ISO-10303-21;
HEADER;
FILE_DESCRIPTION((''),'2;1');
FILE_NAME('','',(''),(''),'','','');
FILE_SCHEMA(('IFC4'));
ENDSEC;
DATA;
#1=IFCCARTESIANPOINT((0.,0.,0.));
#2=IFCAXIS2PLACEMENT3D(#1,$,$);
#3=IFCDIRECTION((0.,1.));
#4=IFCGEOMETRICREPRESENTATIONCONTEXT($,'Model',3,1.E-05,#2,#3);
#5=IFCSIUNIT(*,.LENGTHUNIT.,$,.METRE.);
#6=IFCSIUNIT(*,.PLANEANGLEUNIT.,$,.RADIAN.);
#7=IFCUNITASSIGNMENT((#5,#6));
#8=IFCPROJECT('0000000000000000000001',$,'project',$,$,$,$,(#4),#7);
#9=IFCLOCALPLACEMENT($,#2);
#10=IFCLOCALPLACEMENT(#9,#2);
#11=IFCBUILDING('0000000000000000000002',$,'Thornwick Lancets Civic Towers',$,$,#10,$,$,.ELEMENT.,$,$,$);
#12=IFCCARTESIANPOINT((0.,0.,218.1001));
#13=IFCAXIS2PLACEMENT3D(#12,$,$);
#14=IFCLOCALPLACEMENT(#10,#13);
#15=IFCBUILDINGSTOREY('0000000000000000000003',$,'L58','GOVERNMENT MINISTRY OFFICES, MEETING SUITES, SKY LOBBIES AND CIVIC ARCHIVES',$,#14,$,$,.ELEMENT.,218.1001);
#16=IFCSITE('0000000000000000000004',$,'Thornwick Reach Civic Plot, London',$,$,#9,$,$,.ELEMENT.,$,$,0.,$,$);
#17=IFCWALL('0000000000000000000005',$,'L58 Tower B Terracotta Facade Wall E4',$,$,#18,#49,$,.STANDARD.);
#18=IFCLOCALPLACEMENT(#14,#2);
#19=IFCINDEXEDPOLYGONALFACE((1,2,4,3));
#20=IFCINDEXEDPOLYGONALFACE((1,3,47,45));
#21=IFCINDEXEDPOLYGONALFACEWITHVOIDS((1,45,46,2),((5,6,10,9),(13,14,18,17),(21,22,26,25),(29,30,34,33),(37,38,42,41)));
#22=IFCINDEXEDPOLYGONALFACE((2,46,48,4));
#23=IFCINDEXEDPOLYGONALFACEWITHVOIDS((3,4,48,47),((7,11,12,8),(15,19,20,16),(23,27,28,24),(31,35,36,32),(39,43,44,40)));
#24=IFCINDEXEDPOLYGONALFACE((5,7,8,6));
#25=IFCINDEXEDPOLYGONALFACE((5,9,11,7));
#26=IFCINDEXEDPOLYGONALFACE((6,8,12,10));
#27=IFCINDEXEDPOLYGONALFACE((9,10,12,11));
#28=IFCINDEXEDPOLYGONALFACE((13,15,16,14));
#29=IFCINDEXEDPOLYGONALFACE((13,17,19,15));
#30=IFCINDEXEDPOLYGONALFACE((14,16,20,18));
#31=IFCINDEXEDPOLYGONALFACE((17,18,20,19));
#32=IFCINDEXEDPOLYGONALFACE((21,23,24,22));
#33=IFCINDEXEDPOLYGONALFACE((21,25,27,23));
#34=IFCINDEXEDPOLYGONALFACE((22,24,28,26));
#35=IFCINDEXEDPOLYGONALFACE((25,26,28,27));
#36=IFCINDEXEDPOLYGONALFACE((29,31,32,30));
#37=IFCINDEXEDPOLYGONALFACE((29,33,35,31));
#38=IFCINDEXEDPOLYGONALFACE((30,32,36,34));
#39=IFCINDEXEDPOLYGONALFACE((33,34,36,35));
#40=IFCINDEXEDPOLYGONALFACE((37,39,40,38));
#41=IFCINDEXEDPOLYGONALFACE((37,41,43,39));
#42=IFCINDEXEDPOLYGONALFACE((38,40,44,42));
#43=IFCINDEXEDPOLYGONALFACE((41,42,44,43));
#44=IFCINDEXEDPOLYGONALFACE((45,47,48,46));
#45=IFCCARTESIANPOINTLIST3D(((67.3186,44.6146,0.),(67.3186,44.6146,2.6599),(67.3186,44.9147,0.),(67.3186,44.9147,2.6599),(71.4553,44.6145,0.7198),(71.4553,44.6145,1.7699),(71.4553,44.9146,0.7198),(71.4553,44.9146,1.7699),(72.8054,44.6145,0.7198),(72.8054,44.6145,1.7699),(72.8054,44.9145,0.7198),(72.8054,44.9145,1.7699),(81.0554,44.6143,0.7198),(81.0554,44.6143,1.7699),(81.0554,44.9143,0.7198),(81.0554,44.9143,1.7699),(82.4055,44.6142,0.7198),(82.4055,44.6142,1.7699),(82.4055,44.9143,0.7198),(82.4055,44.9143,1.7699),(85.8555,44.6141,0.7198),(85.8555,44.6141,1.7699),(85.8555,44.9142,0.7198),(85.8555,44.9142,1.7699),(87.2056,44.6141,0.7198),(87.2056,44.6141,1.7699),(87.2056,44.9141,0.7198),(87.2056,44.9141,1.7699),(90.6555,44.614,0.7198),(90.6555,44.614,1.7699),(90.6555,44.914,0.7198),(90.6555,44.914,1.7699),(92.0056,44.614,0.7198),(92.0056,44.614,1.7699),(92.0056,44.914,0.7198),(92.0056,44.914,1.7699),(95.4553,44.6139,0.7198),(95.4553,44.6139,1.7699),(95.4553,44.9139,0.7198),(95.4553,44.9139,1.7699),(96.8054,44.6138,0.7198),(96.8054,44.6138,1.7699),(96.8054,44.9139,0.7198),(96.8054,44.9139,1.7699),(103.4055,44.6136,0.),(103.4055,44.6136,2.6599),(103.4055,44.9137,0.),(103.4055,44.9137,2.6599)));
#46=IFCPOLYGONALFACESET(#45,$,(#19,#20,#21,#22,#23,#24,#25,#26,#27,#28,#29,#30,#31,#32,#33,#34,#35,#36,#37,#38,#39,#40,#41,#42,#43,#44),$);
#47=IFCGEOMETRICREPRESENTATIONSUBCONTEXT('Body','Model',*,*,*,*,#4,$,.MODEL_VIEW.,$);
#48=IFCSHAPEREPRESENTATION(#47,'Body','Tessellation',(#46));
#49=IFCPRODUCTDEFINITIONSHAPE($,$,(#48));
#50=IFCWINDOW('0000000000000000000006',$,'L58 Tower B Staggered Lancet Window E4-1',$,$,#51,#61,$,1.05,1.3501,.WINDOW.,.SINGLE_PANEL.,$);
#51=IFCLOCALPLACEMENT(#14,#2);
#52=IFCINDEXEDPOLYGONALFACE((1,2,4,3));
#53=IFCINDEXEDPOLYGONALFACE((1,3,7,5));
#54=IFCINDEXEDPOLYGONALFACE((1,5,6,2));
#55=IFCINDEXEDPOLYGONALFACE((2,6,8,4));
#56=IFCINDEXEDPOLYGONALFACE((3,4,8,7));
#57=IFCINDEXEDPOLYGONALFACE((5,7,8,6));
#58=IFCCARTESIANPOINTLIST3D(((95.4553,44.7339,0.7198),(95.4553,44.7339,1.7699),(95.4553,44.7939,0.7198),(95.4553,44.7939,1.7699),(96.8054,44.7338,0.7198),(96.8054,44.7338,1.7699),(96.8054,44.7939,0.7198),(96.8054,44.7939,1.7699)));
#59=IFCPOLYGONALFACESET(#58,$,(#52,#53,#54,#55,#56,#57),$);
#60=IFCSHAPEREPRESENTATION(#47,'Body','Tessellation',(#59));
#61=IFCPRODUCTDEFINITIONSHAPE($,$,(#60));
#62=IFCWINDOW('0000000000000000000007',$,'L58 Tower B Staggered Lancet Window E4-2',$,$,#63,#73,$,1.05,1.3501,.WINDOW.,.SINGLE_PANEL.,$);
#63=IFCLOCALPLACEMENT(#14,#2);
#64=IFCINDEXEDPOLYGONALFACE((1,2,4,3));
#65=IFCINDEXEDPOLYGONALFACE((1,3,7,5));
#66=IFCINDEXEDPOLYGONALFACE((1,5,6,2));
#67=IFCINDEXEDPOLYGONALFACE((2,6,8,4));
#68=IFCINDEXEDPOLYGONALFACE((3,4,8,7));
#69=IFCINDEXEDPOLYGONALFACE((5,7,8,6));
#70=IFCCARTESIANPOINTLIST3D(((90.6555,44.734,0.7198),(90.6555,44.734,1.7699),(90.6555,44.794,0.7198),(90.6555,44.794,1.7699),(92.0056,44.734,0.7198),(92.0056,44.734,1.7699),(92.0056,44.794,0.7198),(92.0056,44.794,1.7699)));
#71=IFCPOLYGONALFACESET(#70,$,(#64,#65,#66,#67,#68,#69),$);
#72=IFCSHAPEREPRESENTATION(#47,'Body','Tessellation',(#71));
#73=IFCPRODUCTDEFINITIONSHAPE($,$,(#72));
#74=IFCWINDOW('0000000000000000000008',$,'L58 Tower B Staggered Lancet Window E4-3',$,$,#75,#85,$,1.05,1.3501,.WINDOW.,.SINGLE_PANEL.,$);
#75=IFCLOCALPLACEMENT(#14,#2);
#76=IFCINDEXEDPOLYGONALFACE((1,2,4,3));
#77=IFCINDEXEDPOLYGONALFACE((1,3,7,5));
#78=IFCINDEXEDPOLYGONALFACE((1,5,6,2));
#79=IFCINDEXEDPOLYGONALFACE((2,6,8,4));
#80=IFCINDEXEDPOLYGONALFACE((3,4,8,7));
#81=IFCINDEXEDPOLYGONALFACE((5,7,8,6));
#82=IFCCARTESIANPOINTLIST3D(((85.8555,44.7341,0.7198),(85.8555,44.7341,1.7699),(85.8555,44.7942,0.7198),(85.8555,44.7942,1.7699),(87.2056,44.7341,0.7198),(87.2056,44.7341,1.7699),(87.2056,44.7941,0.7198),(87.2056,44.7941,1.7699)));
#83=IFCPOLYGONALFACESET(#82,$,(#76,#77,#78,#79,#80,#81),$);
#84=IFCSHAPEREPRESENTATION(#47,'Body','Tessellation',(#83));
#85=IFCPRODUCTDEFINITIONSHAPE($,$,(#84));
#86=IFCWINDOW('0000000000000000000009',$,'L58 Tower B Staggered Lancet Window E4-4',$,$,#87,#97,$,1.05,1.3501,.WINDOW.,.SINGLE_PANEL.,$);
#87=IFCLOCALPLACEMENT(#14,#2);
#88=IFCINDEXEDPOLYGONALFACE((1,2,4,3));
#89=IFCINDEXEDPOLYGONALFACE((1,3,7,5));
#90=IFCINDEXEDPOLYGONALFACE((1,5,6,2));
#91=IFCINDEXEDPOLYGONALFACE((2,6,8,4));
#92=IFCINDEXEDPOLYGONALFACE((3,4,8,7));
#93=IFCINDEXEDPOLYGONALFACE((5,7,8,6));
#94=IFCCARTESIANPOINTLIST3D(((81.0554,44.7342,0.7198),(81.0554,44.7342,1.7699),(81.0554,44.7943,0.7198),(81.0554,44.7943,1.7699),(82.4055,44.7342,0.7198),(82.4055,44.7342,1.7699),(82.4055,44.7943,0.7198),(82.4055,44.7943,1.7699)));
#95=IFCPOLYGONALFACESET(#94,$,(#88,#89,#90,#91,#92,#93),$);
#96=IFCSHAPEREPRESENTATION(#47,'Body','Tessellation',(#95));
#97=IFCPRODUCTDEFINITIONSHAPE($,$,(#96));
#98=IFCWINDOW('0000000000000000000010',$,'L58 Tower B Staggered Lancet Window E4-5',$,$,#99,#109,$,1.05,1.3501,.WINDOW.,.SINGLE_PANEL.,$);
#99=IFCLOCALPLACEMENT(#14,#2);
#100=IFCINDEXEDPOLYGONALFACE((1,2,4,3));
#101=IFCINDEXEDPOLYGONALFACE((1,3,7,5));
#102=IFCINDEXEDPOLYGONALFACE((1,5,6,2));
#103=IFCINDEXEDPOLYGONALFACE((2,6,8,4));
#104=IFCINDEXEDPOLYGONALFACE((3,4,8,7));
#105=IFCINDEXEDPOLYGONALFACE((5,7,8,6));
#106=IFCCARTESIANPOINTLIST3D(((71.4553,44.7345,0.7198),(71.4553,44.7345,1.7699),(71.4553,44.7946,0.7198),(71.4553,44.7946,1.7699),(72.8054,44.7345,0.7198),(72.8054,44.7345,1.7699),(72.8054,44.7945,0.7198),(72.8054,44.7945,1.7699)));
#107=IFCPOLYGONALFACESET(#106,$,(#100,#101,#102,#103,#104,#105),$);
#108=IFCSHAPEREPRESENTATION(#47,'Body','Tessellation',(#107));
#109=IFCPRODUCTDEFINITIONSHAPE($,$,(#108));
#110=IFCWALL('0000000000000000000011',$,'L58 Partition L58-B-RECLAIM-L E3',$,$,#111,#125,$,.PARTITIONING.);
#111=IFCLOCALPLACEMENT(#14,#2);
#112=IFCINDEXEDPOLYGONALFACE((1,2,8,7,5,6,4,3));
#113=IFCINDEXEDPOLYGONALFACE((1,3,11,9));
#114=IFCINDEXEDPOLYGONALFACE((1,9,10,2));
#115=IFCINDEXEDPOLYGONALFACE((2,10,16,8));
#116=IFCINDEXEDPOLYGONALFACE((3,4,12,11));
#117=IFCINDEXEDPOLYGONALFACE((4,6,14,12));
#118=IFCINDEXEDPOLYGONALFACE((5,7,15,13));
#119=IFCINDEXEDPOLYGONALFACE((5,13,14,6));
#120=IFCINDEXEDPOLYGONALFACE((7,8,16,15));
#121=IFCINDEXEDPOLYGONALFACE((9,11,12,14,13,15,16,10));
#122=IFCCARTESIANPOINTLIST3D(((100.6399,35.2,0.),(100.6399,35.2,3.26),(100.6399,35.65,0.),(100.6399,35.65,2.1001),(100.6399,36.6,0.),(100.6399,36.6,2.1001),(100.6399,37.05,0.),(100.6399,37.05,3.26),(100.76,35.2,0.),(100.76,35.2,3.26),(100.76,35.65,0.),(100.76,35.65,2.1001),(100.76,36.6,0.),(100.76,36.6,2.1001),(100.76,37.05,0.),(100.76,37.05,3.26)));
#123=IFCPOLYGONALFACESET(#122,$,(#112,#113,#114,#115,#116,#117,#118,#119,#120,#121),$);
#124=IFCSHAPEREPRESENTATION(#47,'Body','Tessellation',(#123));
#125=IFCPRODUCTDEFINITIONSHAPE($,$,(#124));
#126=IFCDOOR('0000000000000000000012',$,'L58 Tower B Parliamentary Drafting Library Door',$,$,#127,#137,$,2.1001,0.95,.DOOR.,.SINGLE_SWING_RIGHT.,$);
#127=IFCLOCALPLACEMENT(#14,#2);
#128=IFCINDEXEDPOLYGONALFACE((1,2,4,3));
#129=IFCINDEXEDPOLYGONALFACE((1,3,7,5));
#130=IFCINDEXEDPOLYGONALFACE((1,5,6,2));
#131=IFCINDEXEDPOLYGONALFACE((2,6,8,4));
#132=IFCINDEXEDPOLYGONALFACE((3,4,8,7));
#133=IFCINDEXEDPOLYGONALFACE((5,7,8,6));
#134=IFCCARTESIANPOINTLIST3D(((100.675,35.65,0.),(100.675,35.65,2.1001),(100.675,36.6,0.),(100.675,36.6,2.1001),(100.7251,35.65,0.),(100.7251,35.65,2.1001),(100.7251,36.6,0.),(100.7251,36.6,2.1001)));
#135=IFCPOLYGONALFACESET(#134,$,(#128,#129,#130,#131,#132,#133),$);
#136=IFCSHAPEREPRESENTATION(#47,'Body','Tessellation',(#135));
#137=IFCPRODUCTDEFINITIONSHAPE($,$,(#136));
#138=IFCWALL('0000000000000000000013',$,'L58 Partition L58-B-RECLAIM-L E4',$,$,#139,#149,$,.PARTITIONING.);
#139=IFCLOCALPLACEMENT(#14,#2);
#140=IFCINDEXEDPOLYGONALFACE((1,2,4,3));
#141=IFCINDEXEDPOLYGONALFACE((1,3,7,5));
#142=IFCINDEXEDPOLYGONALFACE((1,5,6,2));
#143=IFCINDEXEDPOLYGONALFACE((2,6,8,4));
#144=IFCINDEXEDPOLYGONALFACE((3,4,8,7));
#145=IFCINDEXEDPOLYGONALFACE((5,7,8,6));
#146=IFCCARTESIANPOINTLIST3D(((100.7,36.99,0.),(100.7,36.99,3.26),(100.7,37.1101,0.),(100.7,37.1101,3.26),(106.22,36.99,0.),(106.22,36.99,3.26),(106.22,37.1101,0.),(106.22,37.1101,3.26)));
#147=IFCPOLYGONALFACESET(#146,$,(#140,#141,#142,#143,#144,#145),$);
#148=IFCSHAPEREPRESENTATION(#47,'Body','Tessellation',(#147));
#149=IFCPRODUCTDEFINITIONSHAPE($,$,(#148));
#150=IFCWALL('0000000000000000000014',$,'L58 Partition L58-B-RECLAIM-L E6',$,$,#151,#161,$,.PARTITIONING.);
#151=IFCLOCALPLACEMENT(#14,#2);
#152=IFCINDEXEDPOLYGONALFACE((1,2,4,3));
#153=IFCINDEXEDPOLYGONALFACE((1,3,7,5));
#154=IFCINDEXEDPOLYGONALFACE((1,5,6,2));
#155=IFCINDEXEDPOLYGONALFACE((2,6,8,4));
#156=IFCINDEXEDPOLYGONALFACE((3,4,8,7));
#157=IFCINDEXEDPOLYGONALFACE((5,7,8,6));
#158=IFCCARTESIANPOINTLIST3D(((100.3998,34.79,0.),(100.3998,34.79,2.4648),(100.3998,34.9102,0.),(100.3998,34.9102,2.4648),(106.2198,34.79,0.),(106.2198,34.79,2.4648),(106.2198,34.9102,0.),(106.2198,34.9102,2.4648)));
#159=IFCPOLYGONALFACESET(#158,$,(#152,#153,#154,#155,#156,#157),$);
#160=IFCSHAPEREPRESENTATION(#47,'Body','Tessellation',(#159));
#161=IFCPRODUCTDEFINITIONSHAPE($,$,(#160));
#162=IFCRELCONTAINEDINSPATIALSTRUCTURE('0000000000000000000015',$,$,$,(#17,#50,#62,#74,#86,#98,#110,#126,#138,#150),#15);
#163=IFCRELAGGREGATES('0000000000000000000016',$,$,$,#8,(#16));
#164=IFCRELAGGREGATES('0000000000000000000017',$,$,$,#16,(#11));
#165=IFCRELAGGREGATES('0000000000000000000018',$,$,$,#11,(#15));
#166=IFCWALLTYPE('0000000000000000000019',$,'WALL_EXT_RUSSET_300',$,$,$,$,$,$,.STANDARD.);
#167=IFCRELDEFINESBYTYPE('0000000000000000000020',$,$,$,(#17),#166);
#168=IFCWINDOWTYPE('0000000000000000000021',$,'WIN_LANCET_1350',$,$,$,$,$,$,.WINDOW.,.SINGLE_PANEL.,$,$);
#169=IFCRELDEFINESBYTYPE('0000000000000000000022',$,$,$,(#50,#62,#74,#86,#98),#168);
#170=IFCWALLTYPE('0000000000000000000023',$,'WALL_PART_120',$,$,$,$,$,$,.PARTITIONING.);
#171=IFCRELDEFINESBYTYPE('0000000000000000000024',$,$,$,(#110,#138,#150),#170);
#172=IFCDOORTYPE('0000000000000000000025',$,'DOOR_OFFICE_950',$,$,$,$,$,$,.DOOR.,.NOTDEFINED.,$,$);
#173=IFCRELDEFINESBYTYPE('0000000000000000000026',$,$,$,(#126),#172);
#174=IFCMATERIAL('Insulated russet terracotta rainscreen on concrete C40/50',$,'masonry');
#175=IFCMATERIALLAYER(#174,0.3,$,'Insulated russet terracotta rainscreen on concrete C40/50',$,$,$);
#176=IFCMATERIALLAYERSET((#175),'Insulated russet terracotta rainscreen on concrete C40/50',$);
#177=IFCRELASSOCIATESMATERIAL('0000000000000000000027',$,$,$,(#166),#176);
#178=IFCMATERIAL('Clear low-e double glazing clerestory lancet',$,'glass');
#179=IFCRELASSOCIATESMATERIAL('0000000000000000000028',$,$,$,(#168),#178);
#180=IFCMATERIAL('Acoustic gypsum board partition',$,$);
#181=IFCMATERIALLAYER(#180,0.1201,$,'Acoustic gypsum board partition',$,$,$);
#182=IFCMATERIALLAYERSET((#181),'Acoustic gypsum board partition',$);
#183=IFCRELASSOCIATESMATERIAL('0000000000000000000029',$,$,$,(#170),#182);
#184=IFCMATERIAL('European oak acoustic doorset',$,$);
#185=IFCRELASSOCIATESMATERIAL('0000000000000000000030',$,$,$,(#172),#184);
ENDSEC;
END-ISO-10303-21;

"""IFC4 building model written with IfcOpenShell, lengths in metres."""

from ifc_helpers import new_model, si_unit, direction, frame, frame_2d, origin, place, context, subcontext, project, spatial, rectangle, extrude, material, layer, layer_set, type_object, element, fill, save


model = new_model("IFC4")

# Units and contexts
model_context = context("Model", 3, precision=1e-05, world=origin(), true_north=direction((0.0, 1.0)))
body_context = subcontext(model_context, "Body", "Model", "MODEL_VIEW")
ifc_project = project(units=[si_unit("LENGTHUNIT", "METRE"), si_unit("PLANEANGLEUNIT", "RADIAN")], contexts=[model_context])

# Site, building, storey
site_placement = place(None, origin())
site = spatial("IfcSite", under=ifc_project, at=site_placement, Name="Thornwick Reach Civic Plot, London", CompositionType="ELEMENT", RefElevation=0.0)
building_placement = place(site_placement, origin())
building = spatial("IfcBuilding", under=site, at=building_placement, Name="Thornwick Lancets Civic Towers", CompositionType="ELEMENT")
storey_placement = place(building_placement, frame((0.0, 0.0, 218.1001)))
storey = spatial("IfcBuildingStorey", under=building, at=storey_placement, Name="L58", Description="GOVERNMENT MINISTRY OFFICES, MEETING SUITES, SKY LOBBIES AND CIVIC ARCHIVES", CompositionType="ELEMENT", Elevation=218.1001)

# Wall, openings, windows
ifc_material_1 = material(Name="Insulated russet terracotta rainscreen on concrete C40/50", Category="masonry")
ifc_layer_1 = layer(ifc_material_1, 0.3, Name="Insulated russet terracotta rainscreen on concrete C40/50")
ifc_layer_set_1 = layer_set([ifc_layer_1], Name="Insulated russet terracotta rainscreen on concrete C40/50")
wall_type_1 = type_object("IfcWallType", Name="WALL_EXT_RUSSET_300", PredefinedType="STANDARD", material=ifc_layer_set_1)
wall_1_placement = place(storey_placement, frame((103.4055, 44.7637, 0.0), z_axis=(0.0, 0.0, 1.0), x_axis=(-1.0, 0.000027, 0.0)))
wall_1 = element("IfcWall", 1, at=wall_1_placement, inside=storey, type_object=wall_type_1, Name="L58 Tower B Terracotta Facade Wall E4", PredefinedType="STANDARD", context=body_context, shape_type="SweptSolid", body=[
    extrude(rectangle(XDim=36.0869, YDim=0.3, at=frame_2d((18.0435, 0.0))), origin(), (0.0, 0.0, 1.0), 2.6599),
])
opening_1_placement = place(wall_1_placement, frame((6.6001, 0.0, 0.72)))
opening_1 = element("IfcOpeningElement", 2, at=opening_1_placement, cuts=wall_1, PredefinedType="OPENING", context=body_context, shape_type="SweptSolid", body=[
    extrude(rectangle(XDim=1.3501, YDim=1.05, at=frame_2d((0.675, 0.5249))), frame((0.0, 0.1602, 0.0), z_axis=(0.0, -1.0, 0.0), x_axis=(1.0, 0.0, 0.0)), (0.0, 0.0, 1.0), 0.3201),
])
opening_2_placement = place(wall_1_placement, frame((11.3999, 0.0, 0.72)))
opening_2 = element("IfcOpeningElement", 3, at=opening_2_placement, cuts=wall_1, PredefinedType="OPENING", context=body_context, shape_type="SweptSolid", body=[
    extrude(rectangle(XDim=1.3501, YDim=1.05, at=frame_2d((0.675, 0.5249))), frame((0.0, 0.1602, 0.0), z_axis=(0.0, -1.0, 0.0), x_axis=(1.0, 0.0, 0.0)), (0.0, 0.0, 1.0), 0.3201),
])
opening_3_placement = place(wall_1_placement, frame((16.2, 0.0, 0.72)))
opening_3 = element("IfcOpeningElement", 4, at=opening_3_placement, cuts=wall_1, PredefinedType="OPENING", context=body_context, shape_type="SweptSolid", body=[
    extrude(rectangle(XDim=1.3501, YDim=1.05, at=frame_2d((0.675, 0.5249))), frame((0.0, 0.1602, 0.0), z_axis=(0.0, -1.0, 0.0), x_axis=(1.0, 0.0, 0.0)), (0.0, 0.0, 1.0), 0.3201),
])
opening_4_placement = place(wall_1_placement, frame((21.0, 0.0, 0.72)))
opening_4 = element("IfcOpeningElement", 5, at=opening_4_placement, cuts=wall_1, PredefinedType="OPENING", context=body_context, shape_type="SweptSolid", body=[
    extrude(rectangle(XDim=1.3501, YDim=1.05, at=frame_2d((0.675, 0.5249))), frame((0.0, 0.1602, 0.0), z_axis=(0.0, -1.0, 0.0), x_axis=(1.0, 0.0, 0.0)), (0.0, 0.0, 1.0), 0.3201),
])
opening_5_placement = place(wall_1_placement, frame((30.6001, 0.0, 0.72)))
opening_5 = element("IfcOpeningElement", 6, at=opening_5_placement, cuts=wall_1, PredefinedType="OPENING", context=body_context, shape_type="SweptSolid", body=[
    extrude(rectangle(XDim=1.3501, YDim=1.05, at=frame_2d((0.675, 0.5249))), frame((0.0, 0.1602, 0.0), z_axis=(0.0, -1.0, 0.0), x_axis=(1.0, 0.0, 0.0)), (0.0, 0.0, 1.0), 0.3201),
])
ifc_material_2 = material(Name="Clear low-e double glazing clerestory lancet", Category="glass")
window_type = type_object("IfcWindowType", Name="WIN_LANCET_1350", PartitioningType="SINGLE_PANEL", PredefinedType="WINDOW", material=ifc_material_2)
window_1_placement = place(opening_1_placement, origin())
window_1 = element("IfcWindow", 7, at=window_1_placement, inside=storey, type_object=window_type, Name="L58 Tower B Staggered Lancet Window E4-1", OverallHeight=1.05, OverallWidth=1.3501, PartitioningType="SINGLE_PANEL", PredefinedType="WINDOW", context=body_context, shape_type="SweptSolid", body=[
    extrude(rectangle(XDim=1.3501, YDim=1.05, at=frame_2d((0.675, 0.5249))), frame((0.0, 0.03, 0.0), z_axis=(0.0, -1.0, 0.0), x_axis=(1.0, 0.0, 0.0)), (0.0, 0.0, 1.0), 0.0601),
])
fill(opening_1, window_1)
window_2_placement = place(opening_2_placement, origin())
window_2 = element("IfcWindow", 8, at=window_2_placement, inside=storey, type_object=window_type, Name="L58 Tower B Staggered Lancet Window E4-2", OverallHeight=1.05, OverallWidth=1.3501, PartitioningType="SINGLE_PANEL", PredefinedType="WINDOW", context=body_context, shape_type="SweptSolid", body=[
    extrude(rectangle(XDim=1.3501, YDim=1.05, at=frame_2d((0.675, 0.5249))), frame((0.0, 0.03, 0.0), z_axis=(0.0, -1.0, 0.0), x_axis=(1.0, 0.0, 0.0)), (0.0, 0.0, 1.0), 0.0601),
])
fill(opening_2, window_2)
window_3_placement = place(opening_3_placement, origin())
window_3 = element("IfcWindow", 9, at=window_3_placement, inside=storey, type_object=window_type, Name="L58 Tower B Staggered Lancet Window E4-3", OverallHeight=1.05, OverallWidth=1.3501, PartitioningType="SINGLE_PANEL", PredefinedType="WINDOW", context=body_context, shape_type="SweptSolid", body=[
    extrude(rectangle(XDim=1.3501, YDim=1.05, at=frame_2d((0.675, 0.5249))), frame((0.0, 0.03, 0.0), z_axis=(0.0, -1.0, 0.0), x_axis=(1.0, 0.0, 0.0)), (0.0, 0.0, 1.0), 0.0601),
])
fill(opening_3, window_3)
window_4_placement = place(opening_4_placement, origin())
window_4 = element("IfcWindow", 10, at=window_4_placement, inside=storey, type_object=window_type, Name="L58 Tower B Staggered Lancet Window E4-4", OverallHeight=1.05, OverallWidth=1.3501, PartitioningType="SINGLE_PANEL", PredefinedType="WINDOW", context=body_context, shape_type="SweptSolid", body=[
    extrude(rectangle(XDim=1.3501, YDim=1.05, at=frame_2d((0.675, 0.5249))), frame((0.0, 0.03, 0.0), z_axis=(0.0, -1.0, 0.0), x_axis=(1.0, 0.0, 0.0)), (0.0, 0.0, 1.0), 0.0601),
])
fill(opening_4, window_4)
window_5_placement = place(opening_5_placement, origin())
window_5 = element("IfcWindow", 11, at=window_5_placement, inside=storey, type_object=window_type, Name="L58 Tower B Staggered Lancet Window E4-5", OverallHeight=1.05, OverallWidth=1.3501, PartitioningType="SINGLE_PANEL", PredefinedType="WINDOW", context=body_context, shape_type="SweptSolid", body=[
    extrude(rectangle(XDim=1.3501, YDim=1.05, at=frame_2d((0.675, 0.5249))), frame((0.0, 0.03, 0.0), z_axis=(0.0, -1.0, 0.0), x_axis=(1.0, 0.0, 0.0)), (0.0, 0.0, 1.0), 0.0601),
])
fill(opening_5, window_5)

# Wall, opening, door
ifc_material_3 = material(Name="Acoustic gypsum board partition")
ifc_layer_2 = layer(ifc_material_3, 0.1201, Name="Acoustic gypsum board partition")
ifc_layer_set_2 = layer_set([ifc_layer_2], Name="Acoustic gypsum board partition")
wall_type_2 = type_object("IfcWallType", Name="WALL_PART_120", PredefinedType="PARTITIONING", material=ifc_layer_set_2)
wall_2_placement = place(storey_placement, frame((100.7, 35.2, 0.0), z_axis=(0.0, 0.0, 1.0), x_axis=(0.0, 1.0, 0.0)))
wall_2 = element("IfcWall", 12, at=wall_2_placement, inside=storey, type_object=wall_type_2, Name="L58 Partition L58-B-RECLAIM-L E3", PredefinedType="PARTITIONING", context=body_context, shape_type="SweptSolid", body=[
    extrude(rectangle(XDim=1.8501, YDim=0.1201, at=frame_2d((0.925, 0.0))), origin(), (0.0, 0.0, 1.0), 3.26),
])
opening_6_placement = place(wall_2_placement, frame((0.45, 0.0, 0.0)))
opening_6 = element("IfcOpeningElement", 13, at=opening_6_placement, cuts=wall_2, PredefinedType="OPENING", context=body_context, shape_type="SweptSolid", body=[
    extrude(rectangle(XDim=0.95, YDim=2.1001, at=frame_2d((0.4751, 1.05))), frame((0.0, 0.0701, 0.0), z_axis=(0.0, -1.0, 0.0), x_axis=(1.0, 0.0, 0.0)), (0.0, 0.0, 1.0), 0.1401),
])
ifc_material_4 = material(Name="European oak acoustic doorset")
door_type_1 = type_object("IfcDoorType", Name="DOOR_OFFICE_950", OperationType="NOTDEFINED", PredefinedType="DOOR", material=ifc_material_4)
door_1_placement = place(opening_6_placement, origin())
door_1 = element("IfcDoor", 14, at=door_1_placement, inside=storey, type_object=door_type_1, Name="L58 Tower B Parliamentary Drafting Library Door", OperationType="SINGLE_SWING_RIGHT", OverallHeight=2.1001, OverallWidth=0.95, PredefinedType="DOOR", context=body_context, shape_type="SweptSolid", body=[
    extrude(rectangle(XDim=0.95, YDim=2.1001, at=frame_2d((0.4751, 1.05))), frame((0.0, 0.0249, 0.0), z_axis=(0.0, -1.0, 0.0), x_axis=(1.0, 0.0, 0.0)), (0.0, 0.0, 1.0), 0.05),
])
fill(opening_6, door_1)

# Walls
wall_3_placement = place(storey_placement, frame((100.7, 37.05, 0.0), z_axis=(0.0, 0.0, 1.0), x_axis=(1.0, 0.0, 0.0)))
element("IfcWall", 15, at=wall_3_placement, inside=storey, type_object=wall_type_2, Name="L58 Partition L58-B-RECLAIM-L E4", PredefinedType="PARTITIONING", context=body_context, shape_type="SweptSolid", body=[
    extrude(rectangle(XDim=5.52, YDim=0.1201, at=frame_2d((2.76, 0.0))), origin(), (0.0, 0.0, 1.0), 3.26),
])
wall_4_placement = place(storey_placement, frame((106.22, 34.8501, 0.0), z_axis=(0.0, 0.0, 1.0), x_axis=(-1.0, 0.0, 0.0)))
element("IfcWall", 16, at=wall_4_placement, inside=storey, type_object=wall_type_2, Name="L58 Partition L58-B-RECLAIM-L E6", PredefinedType="PARTITIONING", context=body_context, shape_type="SweptSolid", body=[
    extrude(rectangle(XDim=5.8201, YDim=0.1201, at=frame_2d((2.9102, 0.0))), origin(), (0.0, 0.0, 1.0), 2.4648),
])

save(model, "model.ifc")
